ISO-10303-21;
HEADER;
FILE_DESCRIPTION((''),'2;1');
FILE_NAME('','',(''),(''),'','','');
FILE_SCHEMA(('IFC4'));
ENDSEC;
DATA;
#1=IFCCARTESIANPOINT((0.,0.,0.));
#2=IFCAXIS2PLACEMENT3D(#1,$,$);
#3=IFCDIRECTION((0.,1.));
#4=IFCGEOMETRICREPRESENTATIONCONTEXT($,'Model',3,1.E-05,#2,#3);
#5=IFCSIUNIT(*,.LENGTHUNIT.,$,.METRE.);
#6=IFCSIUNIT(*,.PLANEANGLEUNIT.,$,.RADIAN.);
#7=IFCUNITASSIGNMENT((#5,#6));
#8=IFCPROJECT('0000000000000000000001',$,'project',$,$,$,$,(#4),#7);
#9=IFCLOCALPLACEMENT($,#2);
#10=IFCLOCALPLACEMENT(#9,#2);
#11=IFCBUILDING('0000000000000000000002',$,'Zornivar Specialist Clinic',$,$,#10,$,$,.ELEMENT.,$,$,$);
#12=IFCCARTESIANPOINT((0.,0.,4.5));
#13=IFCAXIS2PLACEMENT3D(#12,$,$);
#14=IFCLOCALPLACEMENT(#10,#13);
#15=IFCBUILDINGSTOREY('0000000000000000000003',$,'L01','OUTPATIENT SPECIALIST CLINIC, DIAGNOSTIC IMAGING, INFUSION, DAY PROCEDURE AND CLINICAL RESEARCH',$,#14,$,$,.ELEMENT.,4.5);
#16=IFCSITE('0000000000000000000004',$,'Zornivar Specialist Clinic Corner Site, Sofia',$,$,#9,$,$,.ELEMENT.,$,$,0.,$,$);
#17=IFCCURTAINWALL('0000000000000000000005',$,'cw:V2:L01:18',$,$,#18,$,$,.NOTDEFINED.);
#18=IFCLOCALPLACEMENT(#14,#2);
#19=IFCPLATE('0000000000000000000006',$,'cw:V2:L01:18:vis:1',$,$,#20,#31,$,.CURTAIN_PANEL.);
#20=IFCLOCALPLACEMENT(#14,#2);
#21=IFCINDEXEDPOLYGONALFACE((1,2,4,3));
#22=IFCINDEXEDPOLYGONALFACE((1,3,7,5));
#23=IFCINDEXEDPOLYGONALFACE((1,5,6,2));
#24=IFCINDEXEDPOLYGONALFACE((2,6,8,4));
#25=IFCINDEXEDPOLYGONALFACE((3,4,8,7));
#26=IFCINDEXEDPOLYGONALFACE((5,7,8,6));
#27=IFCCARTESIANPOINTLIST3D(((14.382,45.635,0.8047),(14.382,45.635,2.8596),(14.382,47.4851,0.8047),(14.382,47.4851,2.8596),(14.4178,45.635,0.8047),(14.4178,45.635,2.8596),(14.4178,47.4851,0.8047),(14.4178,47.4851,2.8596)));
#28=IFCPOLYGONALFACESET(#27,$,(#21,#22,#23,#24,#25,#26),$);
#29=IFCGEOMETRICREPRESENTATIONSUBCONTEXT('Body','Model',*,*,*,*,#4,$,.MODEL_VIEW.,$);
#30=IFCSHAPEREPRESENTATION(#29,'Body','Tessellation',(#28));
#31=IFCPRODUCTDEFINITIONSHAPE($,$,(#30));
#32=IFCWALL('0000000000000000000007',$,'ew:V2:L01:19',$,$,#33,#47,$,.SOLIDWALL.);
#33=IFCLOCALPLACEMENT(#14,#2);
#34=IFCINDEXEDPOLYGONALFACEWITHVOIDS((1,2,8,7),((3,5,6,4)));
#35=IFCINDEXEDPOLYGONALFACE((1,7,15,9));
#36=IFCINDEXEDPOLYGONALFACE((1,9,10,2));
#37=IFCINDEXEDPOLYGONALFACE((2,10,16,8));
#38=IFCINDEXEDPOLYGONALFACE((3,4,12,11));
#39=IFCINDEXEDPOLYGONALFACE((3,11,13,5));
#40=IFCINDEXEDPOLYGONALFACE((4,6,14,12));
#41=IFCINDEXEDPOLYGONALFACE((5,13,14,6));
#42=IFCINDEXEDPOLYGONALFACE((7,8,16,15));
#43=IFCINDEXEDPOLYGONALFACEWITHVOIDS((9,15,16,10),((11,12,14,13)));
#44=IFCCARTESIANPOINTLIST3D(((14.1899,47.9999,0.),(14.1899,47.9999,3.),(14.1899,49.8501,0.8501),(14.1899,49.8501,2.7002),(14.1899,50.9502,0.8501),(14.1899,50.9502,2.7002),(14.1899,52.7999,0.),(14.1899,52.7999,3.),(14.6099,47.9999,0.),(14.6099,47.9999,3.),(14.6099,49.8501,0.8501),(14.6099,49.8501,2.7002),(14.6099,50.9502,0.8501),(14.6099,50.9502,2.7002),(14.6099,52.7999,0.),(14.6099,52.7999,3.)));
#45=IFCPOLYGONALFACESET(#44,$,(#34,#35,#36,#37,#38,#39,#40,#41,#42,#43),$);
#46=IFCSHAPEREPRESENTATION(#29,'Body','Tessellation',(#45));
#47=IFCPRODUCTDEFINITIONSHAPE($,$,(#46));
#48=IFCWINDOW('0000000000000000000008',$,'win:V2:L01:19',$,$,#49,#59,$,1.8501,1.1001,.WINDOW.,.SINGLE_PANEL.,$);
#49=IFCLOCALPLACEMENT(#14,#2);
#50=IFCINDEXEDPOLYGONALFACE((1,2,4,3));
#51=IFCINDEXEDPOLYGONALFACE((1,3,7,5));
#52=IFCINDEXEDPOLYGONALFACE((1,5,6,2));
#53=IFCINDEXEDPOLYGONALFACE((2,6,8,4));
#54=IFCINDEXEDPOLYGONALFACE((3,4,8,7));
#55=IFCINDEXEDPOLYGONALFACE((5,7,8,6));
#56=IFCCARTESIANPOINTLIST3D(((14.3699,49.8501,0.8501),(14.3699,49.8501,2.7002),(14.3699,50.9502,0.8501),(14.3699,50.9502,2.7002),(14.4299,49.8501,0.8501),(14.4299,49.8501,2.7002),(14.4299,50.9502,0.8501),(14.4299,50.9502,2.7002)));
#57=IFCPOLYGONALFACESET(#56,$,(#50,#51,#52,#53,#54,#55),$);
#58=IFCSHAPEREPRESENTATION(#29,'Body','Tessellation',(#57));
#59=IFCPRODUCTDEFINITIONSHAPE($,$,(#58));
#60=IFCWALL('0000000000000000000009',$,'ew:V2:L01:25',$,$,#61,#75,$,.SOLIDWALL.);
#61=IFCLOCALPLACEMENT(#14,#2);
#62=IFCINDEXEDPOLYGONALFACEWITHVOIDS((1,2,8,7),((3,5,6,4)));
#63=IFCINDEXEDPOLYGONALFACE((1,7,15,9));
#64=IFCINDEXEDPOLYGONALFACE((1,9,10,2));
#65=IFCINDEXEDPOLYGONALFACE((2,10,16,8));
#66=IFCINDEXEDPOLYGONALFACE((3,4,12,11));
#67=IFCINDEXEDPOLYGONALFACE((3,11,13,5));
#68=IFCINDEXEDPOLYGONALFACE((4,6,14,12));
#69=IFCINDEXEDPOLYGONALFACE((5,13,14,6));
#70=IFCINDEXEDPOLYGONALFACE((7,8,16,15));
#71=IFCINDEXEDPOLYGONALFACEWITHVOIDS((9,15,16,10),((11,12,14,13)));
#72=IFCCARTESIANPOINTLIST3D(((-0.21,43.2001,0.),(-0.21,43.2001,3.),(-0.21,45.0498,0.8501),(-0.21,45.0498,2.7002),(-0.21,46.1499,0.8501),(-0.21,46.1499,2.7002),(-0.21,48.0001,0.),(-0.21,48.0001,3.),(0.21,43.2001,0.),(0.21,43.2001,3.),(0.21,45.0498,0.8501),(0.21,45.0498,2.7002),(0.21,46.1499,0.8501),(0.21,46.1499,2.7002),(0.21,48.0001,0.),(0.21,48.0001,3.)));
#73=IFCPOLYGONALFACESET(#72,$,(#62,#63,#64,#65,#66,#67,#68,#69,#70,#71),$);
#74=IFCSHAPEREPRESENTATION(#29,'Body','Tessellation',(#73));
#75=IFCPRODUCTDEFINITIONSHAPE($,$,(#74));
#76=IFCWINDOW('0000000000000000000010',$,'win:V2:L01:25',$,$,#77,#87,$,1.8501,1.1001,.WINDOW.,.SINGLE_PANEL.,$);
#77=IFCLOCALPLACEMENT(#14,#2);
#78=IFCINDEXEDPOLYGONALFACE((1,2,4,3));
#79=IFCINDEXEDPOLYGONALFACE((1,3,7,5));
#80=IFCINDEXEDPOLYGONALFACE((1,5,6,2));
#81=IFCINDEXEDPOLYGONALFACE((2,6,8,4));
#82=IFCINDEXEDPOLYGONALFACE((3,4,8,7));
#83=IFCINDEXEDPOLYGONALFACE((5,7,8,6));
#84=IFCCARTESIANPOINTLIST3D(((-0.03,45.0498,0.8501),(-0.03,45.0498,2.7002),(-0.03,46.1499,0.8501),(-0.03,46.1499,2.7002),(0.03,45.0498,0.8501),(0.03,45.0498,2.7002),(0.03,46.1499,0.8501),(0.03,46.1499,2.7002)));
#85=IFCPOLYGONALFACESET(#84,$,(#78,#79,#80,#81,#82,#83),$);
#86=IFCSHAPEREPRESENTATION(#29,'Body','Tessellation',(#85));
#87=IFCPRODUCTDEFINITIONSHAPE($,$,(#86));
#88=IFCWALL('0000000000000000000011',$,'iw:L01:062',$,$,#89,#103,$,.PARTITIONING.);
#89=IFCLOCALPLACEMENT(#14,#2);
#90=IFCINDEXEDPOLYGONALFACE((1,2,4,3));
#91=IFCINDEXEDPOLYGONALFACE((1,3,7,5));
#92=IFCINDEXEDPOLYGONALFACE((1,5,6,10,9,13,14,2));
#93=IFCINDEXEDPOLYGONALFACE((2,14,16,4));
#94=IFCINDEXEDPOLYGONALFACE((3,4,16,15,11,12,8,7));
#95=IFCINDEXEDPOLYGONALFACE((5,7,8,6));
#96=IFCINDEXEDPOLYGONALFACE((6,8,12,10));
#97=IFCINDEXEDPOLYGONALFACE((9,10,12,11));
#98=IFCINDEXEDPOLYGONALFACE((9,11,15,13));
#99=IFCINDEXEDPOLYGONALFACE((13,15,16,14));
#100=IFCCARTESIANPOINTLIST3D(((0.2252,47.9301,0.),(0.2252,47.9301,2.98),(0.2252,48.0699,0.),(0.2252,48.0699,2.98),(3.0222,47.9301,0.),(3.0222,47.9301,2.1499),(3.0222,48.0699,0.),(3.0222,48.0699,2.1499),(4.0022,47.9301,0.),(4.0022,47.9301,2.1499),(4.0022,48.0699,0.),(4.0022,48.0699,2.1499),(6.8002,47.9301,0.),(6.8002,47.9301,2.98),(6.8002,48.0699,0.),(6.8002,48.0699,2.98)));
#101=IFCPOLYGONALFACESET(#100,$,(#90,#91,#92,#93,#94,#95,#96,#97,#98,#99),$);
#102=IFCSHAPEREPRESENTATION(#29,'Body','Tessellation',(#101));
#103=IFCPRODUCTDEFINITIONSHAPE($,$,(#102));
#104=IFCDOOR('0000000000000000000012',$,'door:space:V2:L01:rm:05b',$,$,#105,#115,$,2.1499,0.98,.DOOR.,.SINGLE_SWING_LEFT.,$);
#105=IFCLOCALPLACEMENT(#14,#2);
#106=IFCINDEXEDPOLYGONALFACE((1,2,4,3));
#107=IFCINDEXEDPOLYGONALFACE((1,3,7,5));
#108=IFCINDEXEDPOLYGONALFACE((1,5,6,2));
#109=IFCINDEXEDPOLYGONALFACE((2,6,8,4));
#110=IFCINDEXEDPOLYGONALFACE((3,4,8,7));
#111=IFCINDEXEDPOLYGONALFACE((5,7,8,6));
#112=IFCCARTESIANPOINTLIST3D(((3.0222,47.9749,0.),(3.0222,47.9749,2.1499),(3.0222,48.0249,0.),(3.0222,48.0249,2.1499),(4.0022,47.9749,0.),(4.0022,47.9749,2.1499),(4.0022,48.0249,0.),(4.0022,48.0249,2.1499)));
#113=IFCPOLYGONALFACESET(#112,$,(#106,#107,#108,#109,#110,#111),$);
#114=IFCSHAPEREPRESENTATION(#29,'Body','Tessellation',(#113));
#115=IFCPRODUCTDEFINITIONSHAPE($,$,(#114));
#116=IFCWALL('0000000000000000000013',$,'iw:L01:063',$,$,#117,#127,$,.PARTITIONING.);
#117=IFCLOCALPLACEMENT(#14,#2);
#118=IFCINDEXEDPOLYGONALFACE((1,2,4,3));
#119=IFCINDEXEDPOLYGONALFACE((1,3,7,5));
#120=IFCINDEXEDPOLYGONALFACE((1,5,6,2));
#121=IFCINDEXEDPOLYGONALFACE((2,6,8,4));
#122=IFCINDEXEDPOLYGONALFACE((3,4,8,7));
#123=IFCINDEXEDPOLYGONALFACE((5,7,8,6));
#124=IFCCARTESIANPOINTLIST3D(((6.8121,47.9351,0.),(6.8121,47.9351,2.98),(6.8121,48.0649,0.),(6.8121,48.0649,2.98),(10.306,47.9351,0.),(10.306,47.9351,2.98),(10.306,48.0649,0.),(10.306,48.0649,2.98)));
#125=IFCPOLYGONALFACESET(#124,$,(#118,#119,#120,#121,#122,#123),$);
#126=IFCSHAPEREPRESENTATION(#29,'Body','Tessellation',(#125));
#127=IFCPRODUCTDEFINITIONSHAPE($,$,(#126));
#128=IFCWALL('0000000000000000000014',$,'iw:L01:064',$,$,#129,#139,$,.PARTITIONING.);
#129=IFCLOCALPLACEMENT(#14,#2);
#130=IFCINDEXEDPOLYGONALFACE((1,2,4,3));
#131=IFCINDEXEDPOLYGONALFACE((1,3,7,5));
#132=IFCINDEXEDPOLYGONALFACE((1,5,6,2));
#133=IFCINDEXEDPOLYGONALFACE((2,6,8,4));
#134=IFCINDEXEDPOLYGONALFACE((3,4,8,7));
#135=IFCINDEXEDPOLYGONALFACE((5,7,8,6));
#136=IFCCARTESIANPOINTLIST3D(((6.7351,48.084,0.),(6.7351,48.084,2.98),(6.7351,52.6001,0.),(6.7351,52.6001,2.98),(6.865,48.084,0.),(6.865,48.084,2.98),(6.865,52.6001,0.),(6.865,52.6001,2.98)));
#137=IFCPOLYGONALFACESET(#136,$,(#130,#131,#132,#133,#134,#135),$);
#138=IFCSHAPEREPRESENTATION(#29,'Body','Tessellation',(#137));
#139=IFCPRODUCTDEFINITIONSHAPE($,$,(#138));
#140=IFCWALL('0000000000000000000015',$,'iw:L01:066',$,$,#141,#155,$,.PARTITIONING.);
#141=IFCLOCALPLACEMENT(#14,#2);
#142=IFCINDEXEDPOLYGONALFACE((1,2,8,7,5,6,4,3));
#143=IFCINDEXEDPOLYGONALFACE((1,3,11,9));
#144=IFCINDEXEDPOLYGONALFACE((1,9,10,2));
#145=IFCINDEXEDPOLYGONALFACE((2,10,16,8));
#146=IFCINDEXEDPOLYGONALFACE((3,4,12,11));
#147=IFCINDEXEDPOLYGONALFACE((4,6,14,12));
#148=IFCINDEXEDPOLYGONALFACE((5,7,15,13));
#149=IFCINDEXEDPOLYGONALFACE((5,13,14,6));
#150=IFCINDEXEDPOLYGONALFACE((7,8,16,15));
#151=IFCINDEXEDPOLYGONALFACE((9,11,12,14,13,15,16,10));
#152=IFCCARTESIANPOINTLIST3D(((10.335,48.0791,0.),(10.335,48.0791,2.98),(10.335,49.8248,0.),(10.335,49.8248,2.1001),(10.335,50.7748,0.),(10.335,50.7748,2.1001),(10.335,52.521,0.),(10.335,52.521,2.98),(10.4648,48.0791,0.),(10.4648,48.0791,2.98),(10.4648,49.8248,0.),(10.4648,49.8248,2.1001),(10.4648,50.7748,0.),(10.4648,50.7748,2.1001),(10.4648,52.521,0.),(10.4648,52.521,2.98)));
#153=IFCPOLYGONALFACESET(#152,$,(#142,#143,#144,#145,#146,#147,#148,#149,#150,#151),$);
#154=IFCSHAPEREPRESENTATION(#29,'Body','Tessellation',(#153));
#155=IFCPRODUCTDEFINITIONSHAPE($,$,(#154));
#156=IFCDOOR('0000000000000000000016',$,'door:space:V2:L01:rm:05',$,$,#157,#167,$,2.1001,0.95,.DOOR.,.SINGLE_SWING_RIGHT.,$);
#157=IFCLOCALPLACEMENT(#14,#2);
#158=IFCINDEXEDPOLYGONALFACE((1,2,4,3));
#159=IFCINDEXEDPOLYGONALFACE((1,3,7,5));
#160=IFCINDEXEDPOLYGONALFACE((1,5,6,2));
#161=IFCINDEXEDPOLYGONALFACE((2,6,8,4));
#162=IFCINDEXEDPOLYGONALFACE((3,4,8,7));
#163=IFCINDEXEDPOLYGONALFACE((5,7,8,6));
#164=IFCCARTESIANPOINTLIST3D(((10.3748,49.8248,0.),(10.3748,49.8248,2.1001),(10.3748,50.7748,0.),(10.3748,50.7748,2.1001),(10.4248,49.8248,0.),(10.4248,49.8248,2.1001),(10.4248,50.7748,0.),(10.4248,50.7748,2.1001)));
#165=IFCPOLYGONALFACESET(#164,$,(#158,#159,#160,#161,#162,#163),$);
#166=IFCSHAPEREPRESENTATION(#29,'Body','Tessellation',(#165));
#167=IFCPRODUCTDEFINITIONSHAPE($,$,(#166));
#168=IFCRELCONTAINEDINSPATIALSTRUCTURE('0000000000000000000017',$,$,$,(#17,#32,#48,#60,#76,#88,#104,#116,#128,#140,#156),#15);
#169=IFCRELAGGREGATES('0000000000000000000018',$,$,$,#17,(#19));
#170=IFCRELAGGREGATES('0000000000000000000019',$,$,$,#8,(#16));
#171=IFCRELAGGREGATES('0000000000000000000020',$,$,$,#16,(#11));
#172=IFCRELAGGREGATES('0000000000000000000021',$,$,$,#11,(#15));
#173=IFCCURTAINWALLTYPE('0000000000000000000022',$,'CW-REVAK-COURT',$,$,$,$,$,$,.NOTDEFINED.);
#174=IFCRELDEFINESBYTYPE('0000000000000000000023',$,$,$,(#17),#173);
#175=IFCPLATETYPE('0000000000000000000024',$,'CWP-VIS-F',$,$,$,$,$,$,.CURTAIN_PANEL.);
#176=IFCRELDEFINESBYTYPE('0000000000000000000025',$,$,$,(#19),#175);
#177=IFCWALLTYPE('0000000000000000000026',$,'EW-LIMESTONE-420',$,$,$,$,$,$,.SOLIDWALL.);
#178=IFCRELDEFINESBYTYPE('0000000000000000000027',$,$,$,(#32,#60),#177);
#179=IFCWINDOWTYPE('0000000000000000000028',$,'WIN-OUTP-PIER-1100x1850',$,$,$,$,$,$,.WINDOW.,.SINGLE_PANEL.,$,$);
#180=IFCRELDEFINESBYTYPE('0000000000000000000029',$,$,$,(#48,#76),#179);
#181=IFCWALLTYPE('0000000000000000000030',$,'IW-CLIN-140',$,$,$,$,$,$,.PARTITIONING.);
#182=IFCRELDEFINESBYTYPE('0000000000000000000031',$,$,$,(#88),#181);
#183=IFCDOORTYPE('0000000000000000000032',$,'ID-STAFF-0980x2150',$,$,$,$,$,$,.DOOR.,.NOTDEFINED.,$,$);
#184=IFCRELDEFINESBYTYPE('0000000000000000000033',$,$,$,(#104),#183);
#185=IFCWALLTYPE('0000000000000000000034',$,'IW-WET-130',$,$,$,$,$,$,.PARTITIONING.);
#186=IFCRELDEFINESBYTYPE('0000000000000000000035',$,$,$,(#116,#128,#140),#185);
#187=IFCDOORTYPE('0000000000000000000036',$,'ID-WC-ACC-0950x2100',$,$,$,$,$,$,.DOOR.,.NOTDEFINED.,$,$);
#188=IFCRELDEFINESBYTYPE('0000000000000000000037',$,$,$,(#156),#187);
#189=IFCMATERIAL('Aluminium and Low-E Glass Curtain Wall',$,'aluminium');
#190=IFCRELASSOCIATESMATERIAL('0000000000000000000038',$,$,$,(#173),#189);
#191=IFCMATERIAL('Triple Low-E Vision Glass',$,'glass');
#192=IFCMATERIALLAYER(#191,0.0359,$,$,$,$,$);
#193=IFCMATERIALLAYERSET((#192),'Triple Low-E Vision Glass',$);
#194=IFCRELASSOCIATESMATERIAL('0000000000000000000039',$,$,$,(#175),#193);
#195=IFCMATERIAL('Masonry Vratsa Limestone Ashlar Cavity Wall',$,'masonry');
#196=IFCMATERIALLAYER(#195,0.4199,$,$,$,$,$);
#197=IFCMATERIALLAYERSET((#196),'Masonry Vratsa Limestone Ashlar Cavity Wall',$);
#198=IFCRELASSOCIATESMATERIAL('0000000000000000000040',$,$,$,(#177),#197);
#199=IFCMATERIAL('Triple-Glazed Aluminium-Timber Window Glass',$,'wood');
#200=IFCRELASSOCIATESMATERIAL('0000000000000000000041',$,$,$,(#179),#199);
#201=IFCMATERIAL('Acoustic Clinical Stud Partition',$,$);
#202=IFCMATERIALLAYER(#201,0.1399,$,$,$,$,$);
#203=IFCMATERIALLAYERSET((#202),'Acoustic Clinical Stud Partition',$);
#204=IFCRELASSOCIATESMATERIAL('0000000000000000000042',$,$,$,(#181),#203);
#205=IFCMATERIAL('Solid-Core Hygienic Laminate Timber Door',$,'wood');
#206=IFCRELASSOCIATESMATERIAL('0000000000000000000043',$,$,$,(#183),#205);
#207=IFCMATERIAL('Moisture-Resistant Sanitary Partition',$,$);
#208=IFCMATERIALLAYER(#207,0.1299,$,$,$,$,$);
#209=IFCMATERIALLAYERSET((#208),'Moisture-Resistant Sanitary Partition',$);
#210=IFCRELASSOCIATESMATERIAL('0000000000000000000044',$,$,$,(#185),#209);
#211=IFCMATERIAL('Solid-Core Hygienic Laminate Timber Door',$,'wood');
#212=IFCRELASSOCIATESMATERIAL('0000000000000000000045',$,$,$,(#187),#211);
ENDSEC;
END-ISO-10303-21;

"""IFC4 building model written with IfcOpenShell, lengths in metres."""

from ifc_helpers import new_model, si_unit, direction, frame, frame_2d, origin, origin_2d, place, context, subcontext, project, spatial, rectangle, extrude, material, layer, layer_set, type_object, element, fill, aggregate, save


model = new_model("IFC4")

# Units and contexts
model_context = context("Model", 3, precision=1e-05, world=origin(), true_north=direction((0.0, 1.0)))
body_context = subcontext(model_context, "Body", "Model", "MODEL_VIEW")
ifc_project = project(units=[si_unit("LENGTHUNIT", "METRE"), si_unit("PLANEANGLEUNIT", "RADIAN")], contexts=[model_context])

# Site, building, storey
site_placement = place(None, origin())
site = spatial("IfcSite", under=ifc_project, at=site_placement, Name="Zornivar Specialist Clinic Corner Site, Sofia", CompositionType="ELEMENT", RefElevation=0.0)
building_placement = place(site_placement, origin())
building = spatial("IfcBuilding", under=site, at=building_placement, Name="Zornivar Specialist Clinic", CompositionType="ELEMENT")
storey_placement = place(building_placement, frame((0.0, 0.0, 4.5)))
storey = spatial("IfcBuildingStorey", under=building, at=storey_placement, Name="L01", Description="OUTPATIENT SPECIALIST CLINIC, DIAGNOSTIC IMAGING, INFUSION, DAY PROCEDURE AND CLINICAL RESEARCH", CompositionType="ELEMENT", Elevation=4.5)

# Curtain wall, plate
ifc_material_1 = material(Name="Aluminium and Low-E Glass Curtain Wall", Category="aluminium")
curtain_wall_type = type_object("IfcCurtainWallType", Name="CW-REVAK-COURT", PredefinedType="NOTDEFINED", material=ifc_material_1)
curtain_wall_placement = place(storey_placement, origin())
curtain_wall = element("IfcCurtainWall", 1, at=curtain_wall_placement, inside=storey, type_object=curtain_wall_type, Name="cw:V2:L01:18", PredefinedType="NOTDEFINED")
ifc_material_2 = material(Name="Triple Low-E Vision Glass", Category="glass")
ifc_layer_1 = layer(ifc_material_2, 0.0359)
ifc_layer_set_1 = layer_set([ifc_layer_1], Name="Triple Low-E Vision Glass")
plate_type_1 = type_object("IfcPlateType", Name="CWP-VIS-F", PredefinedType="CURTAIN_PANEL", material=ifc_layer_set_1)
plate_1_placement = place(storey_placement, frame((14.3999, 46.5601, 0.8047), z_axis=(0.0, 0.0, 1.0), x_axis=(0.0, 1.0, 0.0)))
plate_1 = element("IfcPlate", 2, at=plate_1_placement, type_object=plate_type_1, Name="cw:V2:L01:18:vis:1", PredefinedType="CURTAIN_PANEL", context=body_context, shape_type="SweptSolid", body=[
    extrude(rectangle(XDim=1.8501, YDim=0.0359, at=origin_2d()), origin(), (0.0, 0.0, 1.0), 2.0549),
])
aggregate(curtain_wall, [plate_1])

# Walls, openings, windows
ifc_material_3 = material(Name="Masonry Vratsa Limestone Ashlar Cavity Wall", Category="masonry")
ifc_layer_2 = layer(ifc_material_3, 0.4199)
ifc_layer_set_2 = layer_set([ifc_layer_2], Name="Masonry Vratsa Limestone Ashlar Cavity Wall")
wall_type_1 = type_object("IfcWallType", Name="EW-LIMESTONE-420", PredefinedType="SOLIDWALL", material=ifc_layer_set_2)
wall_1_placement = place(storey_placement, frame((14.3999, 48.0, 0.0), z_axis=(0.0, 0.0, 1.0), x_axis=(0.0, 1.0, 0.0)))
wall_1 = element("IfcWall", 3, at=wall_1_placement, inside=storey, type_object=wall_type_1, Name="ew:V2:L01:19", PredefinedType="SOLIDWALL", context=body_context, shape_type="SweptSolid", body=[
    extrude(rectangle(XDim=4.8, YDim=0.4199, at=frame_2d((2.3999, 0.0))), origin(), (0.0, 0.0, 1.0), 3.0),
])
opening_1_placement = place(wall_1_placement, frame((1.8501, 0.0, 0.8501)))
opening_1 = element("IfcOpeningElement", 4, at=opening_1_placement, cuts=wall_1, PredefinedType="OPENING", context=body_context, shape_type="SweptSolid", body=[
    extrude(rectangle(XDim=1.1001, YDim=1.8501, at=frame_2d((0.55, 0.925))), frame((0.0, 0.22, 0.0), z_axis=(0.0, -1.0, 0.0), x_axis=(1.0, 0.0, 0.0)), (0.0, 0.0, 1.0), 0.4399),
])
ifc_material_4 = material(Name="Triple-Glazed Aluminium-Timber Window Glass", Category="wood")
window_type = type_object("IfcWindowType", Name="WIN-OUTP-PIER-1100x1850", PartitioningType="SINGLE_PANEL", PredefinedType="WINDOW", material=ifc_material_4)
window_1_placement = place(opening_1_placement, origin())
window_1 = element("IfcWindow", 5, at=window_1_placement, inside=storey, type_object=window_type, Name="win:V2:L01:19", OverallHeight=1.8501, OverallWidth=1.1001, PartitioningType="SINGLE_PANEL", PredefinedType="WINDOW", context=body_context, shape_type="SweptSolid", body=[
    extrude(rectangle(XDim=1.1001, YDim=1.8501, at=frame_2d((0.55, 0.925))), frame((0.0, 0.03, 0.0), z_axis=(0.0, -1.0, 0.0), x_axis=(1.0, 0.0, 0.0)), (0.0, 0.0, 1.0), 0.0601),
])
fill(opening_1, window_1)
wall_2_placement = place(storey_placement, frame((0.0, 48.0, 0.0), z_axis=(0.0, 0.0, 1.0), x_axis=(0.0, -1.0, 0.0)))
wall_2 = element("IfcWall", 6, at=wall_2_placement, inside=storey, type_object=wall_type_1, Name="ew:V2:L01:25", PredefinedType="SOLIDWALL", context=body_context, shape_type="SweptSolid", body=[
    extrude(rectangle(XDim=4.8, YDim=0.4199, at=frame_2d((2.3999, 0.0))), origin(), (0.0, 0.0, 1.0), 3.0),
])
opening_2_placement = place(wall_2_placement, frame((1.8501, 0.0, 0.8501)))
opening_2 = element("IfcOpeningElement", 7, at=opening_2_placement, cuts=wall_2, PredefinedType="OPENING", context=body_context, shape_type="SweptSolid", body=[
    extrude(rectangle(XDim=1.1001, YDim=1.8501, at=frame_2d((0.55, 0.925))), frame((0.0, 0.22, 0.0), z_axis=(0.0, -1.0, 0.0), x_axis=(1.0, 0.0, 0.0)), (0.0, 0.0, 1.0), 0.4399),
])
window_2_placement = place(opening_2_placement, origin())
window_2 = element("IfcWindow", 8, at=window_2_placement, inside=storey, type_object=window_type, Name="win:V2:L01:25", OverallHeight=1.8501, OverallWidth=1.1001, PartitioningType="SINGLE_PANEL", PredefinedType="WINDOW", context=body_context, shape_type="SweptSolid", body=[
    extrude(rectangle(XDim=1.1001, YDim=1.8501, at=frame_2d((0.55, 0.925))), frame((0.0, 0.03, 0.0), z_axis=(0.0, -1.0, 0.0), x_axis=(1.0, 0.0, 0.0)), (0.0, 0.0, 1.0), 0.0601),
])
fill(opening_2, window_2)

# Wall, opening, door
ifc_material_5 = material(Name="Acoustic Clinical Stud Partition")
ifc_layer_3 = layer(ifc_material_5, 0.1399)
ifc_layer_set_3 = layer_set([ifc_layer_3], Name="Acoustic Clinical Stud Partition")
wall_type_2 = type_object("IfcWallType", Name="IW-CLIN-140", PredefinedType="PARTITIONING", material=ifc_layer_set_3)
wall_3_placement = place(storey_placement, frame((0.2251, 48.0, 0.0), z_axis=(0.0, 0.0, 1.0), x_axis=(1.0, 0.0, 0.0)))
wall_3 = element("IfcWall", 9, at=wall_3_placement, inside=storey, type_object=wall_type_2, Name="iw:L01:062", PredefinedType="PARTITIONING", context=body_context, shape_type="SweptSolid", body=[
    extrude(rectangle(XDim=6.575, YDim=0.1399, at=frame_2d((3.2876, 0.0))), origin(), (0.0, 0.0, 1.0), 2.98),
])
opening_3_placement = place(wall_3_placement, frame((2.7971, 0.0, 0.0)))
opening_3 = element("IfcOpeningElement", 10, at=opening_3_placement, cuts=wall_3, PredefinedType="OPENING", context=body_context, shape_type="SweptSolid", body=[
    extrude(rectangle(XDim=0.98, YDim=2.1499, at=frame_2d((0.49, 1.075))), frame((0.0, 0.0798, 0.0), z_axis=(0.0, -1.0, 0.0), x_axis=(1.0, 0.0, 0.0)), (0.0, 0.0, 1.0), 0.1599),
])
ifc_material_6 = material(Name="Solid-Core Hygienic Laminate Timber Door", Category="wood")
door_type_1 = type_object("IfcDoorType", Name="ID-STAFF-0980x2150", OperationType="NOTDEFINED", PredefinedType="DOOR", material=ifc_material_6)
door_1_placement = place(opening_3_placement, origin())
door_1 = element("IfcDoor", 11, at=door_1_placement, inside=storey, type_object=door_type_1, Name="door:space:V2:L01:rm:05b", OperationType="SINGLE_SWING_LEFT", OverallHeight=2.1499, OverallWidth=0.98, PredefinedType="DOOR", context=body_context, shape_type="SweptSolid", body=[
    extrude(rectangle(XDim=0.98, YDim=2.1499, at=frame_2d((0.49, 1.075))), frame((0.0, 0.0249, 0.0), z_axis=(0.0, -1.0, 0.0), x_axis=(1.0, 0.0, 0.0)), (0.0, 0.0, 1.0), 0.05),
])
fill(opening_3, door_1)

# Walls
ifc_material_7 = material(Name="Moisture-Resistant Sanitary Partition")
ifc_layer_4 = layer(ifc_material_7, 0.1299)
ifc_layer_set_4 = layer_set([ifc_layer_4], Name="Moisture-Resistant Sanitary Partition")
wall_type_3 = type_object("IfcWallType", Name="IW-WET-130", PredefinedType="PARTITIONING", material=ifc_layer_set_4)
wall_4_placement = place(storey_placement, frame((6.812, 48.0, 0.0), z_axis=(0.0, 0.0, 1.0), x_axis=(1.0, 0.0, 0.0)))
element("IfcWall", 12, at=wall_4_placement, inside=storey, type_object=wall_type_3, Name="iw:L01:063", PredefinedType="PARTITIONING", context=body_context, shape_type="SweptSolid", body=[
    extrude(rectangle(XDim=3.4939, YDim=0.1299, at=frame_2d((1.7471, 0.0))), origin(), (0.0, 0.0, 1.0), 2.98),
])
wall_5_placement = place(storey_placement, frame((6.8, 48.084, 0.0), z_axis=(0.0, 0.0, 1.0), x_axis=(0.0, 1.0, 0.0)))
element("IfcWall", 13, at=wall_5_placement, inside=storey, type_object=wall_type_3, Name="iw:L01:064", PredefinedType="PARTITIONING", context=body_context, shape_type="SweptSolid", body=[
    extrude(rectangle(XDim=4.5161, YDim=0.1299, at=frame_2d((2.2581, 0.0))), origin(), (0.0, 0.0, 1.0), 2.98),
])

# Wall, opening, door
wall_6_placement = place(storey_placement, frame((10.3999, 52.521, 0.0), z_axis=(0.0, 0.0, 1.0), x_axis=(0.0, -1.0, 0.0)))
wall_6 = element("IfcWall", 14, at=wall_6_placement, inside=storey, type_object=wall_type_3, Name="iw:L01:066", PredefinedType="PARTITIONING", context=body_context, shape_type="SweptSolid", body=[
    extrude(rectangle(XDim=4.4419, YDim=0.1299, at=frame_2d((2.2209, 0.0))), origin(), (0.0, 0.0, 1.0), 2.98),
])
opening_4_placement = place(wall_6_placement, frame((1.7461, 0.0, 0.0)))
opening_4 = element("IfcOpeningElement", 15, at=opening_4_placement, cuts=wall_6, PredefinedType="OPENING", context=body_context, shape_type="SweptSolid", body=[
    extrude(rectangle(XDim=0.95, YDim=2.1001, at=frame_2d((0.4751, 1.05))), frame((0.0, 0.075, 0.0), z_axis=(0.0, -1.0, 0.0), x_axis=(1.0, 0.0, 0.0)), (0.0, 0.0, 1.0), 0.1499),
])
ifc_material_8 = material(Name="Solid-Core Hygienic Laminate Timber Door", Category="wood")
door_type_2 = type_object("IfcDoorType", Name="ID-WC-ACC-0950x2100", OperationType="NOTDEFINED", PredefinedType="DOOR", material=ifc_material_8)
door_2_placement = place(opening_4_placement, origin())
door_2 = element("IfcDoor", 16, at=door_2_placement, inside=storey, type_object=door_type_2, Name="door:space:V2:L01:rm:05", OperationType="SINGLE_SWING_RIGHT", OverallHeight=2.1001, OverallWidth=0.95, PredefinedType="DOOR", context=body_context, shape_type="SweptSolid", body=[
    extrude(rectangle(XDim=0.95, YDim=2.1001, at=frame_2d((0.4751, 1.05))), frame((0.0, 0.0249, 0.0), z_axis=(0.0, -1.0, 0.0), x_axis=(1.0, 0.0, 0.0)), (0.0, 0.0, 1.0), 0.05),
])
fill(opening_4, door_2)

save(model, "model.ifc")
